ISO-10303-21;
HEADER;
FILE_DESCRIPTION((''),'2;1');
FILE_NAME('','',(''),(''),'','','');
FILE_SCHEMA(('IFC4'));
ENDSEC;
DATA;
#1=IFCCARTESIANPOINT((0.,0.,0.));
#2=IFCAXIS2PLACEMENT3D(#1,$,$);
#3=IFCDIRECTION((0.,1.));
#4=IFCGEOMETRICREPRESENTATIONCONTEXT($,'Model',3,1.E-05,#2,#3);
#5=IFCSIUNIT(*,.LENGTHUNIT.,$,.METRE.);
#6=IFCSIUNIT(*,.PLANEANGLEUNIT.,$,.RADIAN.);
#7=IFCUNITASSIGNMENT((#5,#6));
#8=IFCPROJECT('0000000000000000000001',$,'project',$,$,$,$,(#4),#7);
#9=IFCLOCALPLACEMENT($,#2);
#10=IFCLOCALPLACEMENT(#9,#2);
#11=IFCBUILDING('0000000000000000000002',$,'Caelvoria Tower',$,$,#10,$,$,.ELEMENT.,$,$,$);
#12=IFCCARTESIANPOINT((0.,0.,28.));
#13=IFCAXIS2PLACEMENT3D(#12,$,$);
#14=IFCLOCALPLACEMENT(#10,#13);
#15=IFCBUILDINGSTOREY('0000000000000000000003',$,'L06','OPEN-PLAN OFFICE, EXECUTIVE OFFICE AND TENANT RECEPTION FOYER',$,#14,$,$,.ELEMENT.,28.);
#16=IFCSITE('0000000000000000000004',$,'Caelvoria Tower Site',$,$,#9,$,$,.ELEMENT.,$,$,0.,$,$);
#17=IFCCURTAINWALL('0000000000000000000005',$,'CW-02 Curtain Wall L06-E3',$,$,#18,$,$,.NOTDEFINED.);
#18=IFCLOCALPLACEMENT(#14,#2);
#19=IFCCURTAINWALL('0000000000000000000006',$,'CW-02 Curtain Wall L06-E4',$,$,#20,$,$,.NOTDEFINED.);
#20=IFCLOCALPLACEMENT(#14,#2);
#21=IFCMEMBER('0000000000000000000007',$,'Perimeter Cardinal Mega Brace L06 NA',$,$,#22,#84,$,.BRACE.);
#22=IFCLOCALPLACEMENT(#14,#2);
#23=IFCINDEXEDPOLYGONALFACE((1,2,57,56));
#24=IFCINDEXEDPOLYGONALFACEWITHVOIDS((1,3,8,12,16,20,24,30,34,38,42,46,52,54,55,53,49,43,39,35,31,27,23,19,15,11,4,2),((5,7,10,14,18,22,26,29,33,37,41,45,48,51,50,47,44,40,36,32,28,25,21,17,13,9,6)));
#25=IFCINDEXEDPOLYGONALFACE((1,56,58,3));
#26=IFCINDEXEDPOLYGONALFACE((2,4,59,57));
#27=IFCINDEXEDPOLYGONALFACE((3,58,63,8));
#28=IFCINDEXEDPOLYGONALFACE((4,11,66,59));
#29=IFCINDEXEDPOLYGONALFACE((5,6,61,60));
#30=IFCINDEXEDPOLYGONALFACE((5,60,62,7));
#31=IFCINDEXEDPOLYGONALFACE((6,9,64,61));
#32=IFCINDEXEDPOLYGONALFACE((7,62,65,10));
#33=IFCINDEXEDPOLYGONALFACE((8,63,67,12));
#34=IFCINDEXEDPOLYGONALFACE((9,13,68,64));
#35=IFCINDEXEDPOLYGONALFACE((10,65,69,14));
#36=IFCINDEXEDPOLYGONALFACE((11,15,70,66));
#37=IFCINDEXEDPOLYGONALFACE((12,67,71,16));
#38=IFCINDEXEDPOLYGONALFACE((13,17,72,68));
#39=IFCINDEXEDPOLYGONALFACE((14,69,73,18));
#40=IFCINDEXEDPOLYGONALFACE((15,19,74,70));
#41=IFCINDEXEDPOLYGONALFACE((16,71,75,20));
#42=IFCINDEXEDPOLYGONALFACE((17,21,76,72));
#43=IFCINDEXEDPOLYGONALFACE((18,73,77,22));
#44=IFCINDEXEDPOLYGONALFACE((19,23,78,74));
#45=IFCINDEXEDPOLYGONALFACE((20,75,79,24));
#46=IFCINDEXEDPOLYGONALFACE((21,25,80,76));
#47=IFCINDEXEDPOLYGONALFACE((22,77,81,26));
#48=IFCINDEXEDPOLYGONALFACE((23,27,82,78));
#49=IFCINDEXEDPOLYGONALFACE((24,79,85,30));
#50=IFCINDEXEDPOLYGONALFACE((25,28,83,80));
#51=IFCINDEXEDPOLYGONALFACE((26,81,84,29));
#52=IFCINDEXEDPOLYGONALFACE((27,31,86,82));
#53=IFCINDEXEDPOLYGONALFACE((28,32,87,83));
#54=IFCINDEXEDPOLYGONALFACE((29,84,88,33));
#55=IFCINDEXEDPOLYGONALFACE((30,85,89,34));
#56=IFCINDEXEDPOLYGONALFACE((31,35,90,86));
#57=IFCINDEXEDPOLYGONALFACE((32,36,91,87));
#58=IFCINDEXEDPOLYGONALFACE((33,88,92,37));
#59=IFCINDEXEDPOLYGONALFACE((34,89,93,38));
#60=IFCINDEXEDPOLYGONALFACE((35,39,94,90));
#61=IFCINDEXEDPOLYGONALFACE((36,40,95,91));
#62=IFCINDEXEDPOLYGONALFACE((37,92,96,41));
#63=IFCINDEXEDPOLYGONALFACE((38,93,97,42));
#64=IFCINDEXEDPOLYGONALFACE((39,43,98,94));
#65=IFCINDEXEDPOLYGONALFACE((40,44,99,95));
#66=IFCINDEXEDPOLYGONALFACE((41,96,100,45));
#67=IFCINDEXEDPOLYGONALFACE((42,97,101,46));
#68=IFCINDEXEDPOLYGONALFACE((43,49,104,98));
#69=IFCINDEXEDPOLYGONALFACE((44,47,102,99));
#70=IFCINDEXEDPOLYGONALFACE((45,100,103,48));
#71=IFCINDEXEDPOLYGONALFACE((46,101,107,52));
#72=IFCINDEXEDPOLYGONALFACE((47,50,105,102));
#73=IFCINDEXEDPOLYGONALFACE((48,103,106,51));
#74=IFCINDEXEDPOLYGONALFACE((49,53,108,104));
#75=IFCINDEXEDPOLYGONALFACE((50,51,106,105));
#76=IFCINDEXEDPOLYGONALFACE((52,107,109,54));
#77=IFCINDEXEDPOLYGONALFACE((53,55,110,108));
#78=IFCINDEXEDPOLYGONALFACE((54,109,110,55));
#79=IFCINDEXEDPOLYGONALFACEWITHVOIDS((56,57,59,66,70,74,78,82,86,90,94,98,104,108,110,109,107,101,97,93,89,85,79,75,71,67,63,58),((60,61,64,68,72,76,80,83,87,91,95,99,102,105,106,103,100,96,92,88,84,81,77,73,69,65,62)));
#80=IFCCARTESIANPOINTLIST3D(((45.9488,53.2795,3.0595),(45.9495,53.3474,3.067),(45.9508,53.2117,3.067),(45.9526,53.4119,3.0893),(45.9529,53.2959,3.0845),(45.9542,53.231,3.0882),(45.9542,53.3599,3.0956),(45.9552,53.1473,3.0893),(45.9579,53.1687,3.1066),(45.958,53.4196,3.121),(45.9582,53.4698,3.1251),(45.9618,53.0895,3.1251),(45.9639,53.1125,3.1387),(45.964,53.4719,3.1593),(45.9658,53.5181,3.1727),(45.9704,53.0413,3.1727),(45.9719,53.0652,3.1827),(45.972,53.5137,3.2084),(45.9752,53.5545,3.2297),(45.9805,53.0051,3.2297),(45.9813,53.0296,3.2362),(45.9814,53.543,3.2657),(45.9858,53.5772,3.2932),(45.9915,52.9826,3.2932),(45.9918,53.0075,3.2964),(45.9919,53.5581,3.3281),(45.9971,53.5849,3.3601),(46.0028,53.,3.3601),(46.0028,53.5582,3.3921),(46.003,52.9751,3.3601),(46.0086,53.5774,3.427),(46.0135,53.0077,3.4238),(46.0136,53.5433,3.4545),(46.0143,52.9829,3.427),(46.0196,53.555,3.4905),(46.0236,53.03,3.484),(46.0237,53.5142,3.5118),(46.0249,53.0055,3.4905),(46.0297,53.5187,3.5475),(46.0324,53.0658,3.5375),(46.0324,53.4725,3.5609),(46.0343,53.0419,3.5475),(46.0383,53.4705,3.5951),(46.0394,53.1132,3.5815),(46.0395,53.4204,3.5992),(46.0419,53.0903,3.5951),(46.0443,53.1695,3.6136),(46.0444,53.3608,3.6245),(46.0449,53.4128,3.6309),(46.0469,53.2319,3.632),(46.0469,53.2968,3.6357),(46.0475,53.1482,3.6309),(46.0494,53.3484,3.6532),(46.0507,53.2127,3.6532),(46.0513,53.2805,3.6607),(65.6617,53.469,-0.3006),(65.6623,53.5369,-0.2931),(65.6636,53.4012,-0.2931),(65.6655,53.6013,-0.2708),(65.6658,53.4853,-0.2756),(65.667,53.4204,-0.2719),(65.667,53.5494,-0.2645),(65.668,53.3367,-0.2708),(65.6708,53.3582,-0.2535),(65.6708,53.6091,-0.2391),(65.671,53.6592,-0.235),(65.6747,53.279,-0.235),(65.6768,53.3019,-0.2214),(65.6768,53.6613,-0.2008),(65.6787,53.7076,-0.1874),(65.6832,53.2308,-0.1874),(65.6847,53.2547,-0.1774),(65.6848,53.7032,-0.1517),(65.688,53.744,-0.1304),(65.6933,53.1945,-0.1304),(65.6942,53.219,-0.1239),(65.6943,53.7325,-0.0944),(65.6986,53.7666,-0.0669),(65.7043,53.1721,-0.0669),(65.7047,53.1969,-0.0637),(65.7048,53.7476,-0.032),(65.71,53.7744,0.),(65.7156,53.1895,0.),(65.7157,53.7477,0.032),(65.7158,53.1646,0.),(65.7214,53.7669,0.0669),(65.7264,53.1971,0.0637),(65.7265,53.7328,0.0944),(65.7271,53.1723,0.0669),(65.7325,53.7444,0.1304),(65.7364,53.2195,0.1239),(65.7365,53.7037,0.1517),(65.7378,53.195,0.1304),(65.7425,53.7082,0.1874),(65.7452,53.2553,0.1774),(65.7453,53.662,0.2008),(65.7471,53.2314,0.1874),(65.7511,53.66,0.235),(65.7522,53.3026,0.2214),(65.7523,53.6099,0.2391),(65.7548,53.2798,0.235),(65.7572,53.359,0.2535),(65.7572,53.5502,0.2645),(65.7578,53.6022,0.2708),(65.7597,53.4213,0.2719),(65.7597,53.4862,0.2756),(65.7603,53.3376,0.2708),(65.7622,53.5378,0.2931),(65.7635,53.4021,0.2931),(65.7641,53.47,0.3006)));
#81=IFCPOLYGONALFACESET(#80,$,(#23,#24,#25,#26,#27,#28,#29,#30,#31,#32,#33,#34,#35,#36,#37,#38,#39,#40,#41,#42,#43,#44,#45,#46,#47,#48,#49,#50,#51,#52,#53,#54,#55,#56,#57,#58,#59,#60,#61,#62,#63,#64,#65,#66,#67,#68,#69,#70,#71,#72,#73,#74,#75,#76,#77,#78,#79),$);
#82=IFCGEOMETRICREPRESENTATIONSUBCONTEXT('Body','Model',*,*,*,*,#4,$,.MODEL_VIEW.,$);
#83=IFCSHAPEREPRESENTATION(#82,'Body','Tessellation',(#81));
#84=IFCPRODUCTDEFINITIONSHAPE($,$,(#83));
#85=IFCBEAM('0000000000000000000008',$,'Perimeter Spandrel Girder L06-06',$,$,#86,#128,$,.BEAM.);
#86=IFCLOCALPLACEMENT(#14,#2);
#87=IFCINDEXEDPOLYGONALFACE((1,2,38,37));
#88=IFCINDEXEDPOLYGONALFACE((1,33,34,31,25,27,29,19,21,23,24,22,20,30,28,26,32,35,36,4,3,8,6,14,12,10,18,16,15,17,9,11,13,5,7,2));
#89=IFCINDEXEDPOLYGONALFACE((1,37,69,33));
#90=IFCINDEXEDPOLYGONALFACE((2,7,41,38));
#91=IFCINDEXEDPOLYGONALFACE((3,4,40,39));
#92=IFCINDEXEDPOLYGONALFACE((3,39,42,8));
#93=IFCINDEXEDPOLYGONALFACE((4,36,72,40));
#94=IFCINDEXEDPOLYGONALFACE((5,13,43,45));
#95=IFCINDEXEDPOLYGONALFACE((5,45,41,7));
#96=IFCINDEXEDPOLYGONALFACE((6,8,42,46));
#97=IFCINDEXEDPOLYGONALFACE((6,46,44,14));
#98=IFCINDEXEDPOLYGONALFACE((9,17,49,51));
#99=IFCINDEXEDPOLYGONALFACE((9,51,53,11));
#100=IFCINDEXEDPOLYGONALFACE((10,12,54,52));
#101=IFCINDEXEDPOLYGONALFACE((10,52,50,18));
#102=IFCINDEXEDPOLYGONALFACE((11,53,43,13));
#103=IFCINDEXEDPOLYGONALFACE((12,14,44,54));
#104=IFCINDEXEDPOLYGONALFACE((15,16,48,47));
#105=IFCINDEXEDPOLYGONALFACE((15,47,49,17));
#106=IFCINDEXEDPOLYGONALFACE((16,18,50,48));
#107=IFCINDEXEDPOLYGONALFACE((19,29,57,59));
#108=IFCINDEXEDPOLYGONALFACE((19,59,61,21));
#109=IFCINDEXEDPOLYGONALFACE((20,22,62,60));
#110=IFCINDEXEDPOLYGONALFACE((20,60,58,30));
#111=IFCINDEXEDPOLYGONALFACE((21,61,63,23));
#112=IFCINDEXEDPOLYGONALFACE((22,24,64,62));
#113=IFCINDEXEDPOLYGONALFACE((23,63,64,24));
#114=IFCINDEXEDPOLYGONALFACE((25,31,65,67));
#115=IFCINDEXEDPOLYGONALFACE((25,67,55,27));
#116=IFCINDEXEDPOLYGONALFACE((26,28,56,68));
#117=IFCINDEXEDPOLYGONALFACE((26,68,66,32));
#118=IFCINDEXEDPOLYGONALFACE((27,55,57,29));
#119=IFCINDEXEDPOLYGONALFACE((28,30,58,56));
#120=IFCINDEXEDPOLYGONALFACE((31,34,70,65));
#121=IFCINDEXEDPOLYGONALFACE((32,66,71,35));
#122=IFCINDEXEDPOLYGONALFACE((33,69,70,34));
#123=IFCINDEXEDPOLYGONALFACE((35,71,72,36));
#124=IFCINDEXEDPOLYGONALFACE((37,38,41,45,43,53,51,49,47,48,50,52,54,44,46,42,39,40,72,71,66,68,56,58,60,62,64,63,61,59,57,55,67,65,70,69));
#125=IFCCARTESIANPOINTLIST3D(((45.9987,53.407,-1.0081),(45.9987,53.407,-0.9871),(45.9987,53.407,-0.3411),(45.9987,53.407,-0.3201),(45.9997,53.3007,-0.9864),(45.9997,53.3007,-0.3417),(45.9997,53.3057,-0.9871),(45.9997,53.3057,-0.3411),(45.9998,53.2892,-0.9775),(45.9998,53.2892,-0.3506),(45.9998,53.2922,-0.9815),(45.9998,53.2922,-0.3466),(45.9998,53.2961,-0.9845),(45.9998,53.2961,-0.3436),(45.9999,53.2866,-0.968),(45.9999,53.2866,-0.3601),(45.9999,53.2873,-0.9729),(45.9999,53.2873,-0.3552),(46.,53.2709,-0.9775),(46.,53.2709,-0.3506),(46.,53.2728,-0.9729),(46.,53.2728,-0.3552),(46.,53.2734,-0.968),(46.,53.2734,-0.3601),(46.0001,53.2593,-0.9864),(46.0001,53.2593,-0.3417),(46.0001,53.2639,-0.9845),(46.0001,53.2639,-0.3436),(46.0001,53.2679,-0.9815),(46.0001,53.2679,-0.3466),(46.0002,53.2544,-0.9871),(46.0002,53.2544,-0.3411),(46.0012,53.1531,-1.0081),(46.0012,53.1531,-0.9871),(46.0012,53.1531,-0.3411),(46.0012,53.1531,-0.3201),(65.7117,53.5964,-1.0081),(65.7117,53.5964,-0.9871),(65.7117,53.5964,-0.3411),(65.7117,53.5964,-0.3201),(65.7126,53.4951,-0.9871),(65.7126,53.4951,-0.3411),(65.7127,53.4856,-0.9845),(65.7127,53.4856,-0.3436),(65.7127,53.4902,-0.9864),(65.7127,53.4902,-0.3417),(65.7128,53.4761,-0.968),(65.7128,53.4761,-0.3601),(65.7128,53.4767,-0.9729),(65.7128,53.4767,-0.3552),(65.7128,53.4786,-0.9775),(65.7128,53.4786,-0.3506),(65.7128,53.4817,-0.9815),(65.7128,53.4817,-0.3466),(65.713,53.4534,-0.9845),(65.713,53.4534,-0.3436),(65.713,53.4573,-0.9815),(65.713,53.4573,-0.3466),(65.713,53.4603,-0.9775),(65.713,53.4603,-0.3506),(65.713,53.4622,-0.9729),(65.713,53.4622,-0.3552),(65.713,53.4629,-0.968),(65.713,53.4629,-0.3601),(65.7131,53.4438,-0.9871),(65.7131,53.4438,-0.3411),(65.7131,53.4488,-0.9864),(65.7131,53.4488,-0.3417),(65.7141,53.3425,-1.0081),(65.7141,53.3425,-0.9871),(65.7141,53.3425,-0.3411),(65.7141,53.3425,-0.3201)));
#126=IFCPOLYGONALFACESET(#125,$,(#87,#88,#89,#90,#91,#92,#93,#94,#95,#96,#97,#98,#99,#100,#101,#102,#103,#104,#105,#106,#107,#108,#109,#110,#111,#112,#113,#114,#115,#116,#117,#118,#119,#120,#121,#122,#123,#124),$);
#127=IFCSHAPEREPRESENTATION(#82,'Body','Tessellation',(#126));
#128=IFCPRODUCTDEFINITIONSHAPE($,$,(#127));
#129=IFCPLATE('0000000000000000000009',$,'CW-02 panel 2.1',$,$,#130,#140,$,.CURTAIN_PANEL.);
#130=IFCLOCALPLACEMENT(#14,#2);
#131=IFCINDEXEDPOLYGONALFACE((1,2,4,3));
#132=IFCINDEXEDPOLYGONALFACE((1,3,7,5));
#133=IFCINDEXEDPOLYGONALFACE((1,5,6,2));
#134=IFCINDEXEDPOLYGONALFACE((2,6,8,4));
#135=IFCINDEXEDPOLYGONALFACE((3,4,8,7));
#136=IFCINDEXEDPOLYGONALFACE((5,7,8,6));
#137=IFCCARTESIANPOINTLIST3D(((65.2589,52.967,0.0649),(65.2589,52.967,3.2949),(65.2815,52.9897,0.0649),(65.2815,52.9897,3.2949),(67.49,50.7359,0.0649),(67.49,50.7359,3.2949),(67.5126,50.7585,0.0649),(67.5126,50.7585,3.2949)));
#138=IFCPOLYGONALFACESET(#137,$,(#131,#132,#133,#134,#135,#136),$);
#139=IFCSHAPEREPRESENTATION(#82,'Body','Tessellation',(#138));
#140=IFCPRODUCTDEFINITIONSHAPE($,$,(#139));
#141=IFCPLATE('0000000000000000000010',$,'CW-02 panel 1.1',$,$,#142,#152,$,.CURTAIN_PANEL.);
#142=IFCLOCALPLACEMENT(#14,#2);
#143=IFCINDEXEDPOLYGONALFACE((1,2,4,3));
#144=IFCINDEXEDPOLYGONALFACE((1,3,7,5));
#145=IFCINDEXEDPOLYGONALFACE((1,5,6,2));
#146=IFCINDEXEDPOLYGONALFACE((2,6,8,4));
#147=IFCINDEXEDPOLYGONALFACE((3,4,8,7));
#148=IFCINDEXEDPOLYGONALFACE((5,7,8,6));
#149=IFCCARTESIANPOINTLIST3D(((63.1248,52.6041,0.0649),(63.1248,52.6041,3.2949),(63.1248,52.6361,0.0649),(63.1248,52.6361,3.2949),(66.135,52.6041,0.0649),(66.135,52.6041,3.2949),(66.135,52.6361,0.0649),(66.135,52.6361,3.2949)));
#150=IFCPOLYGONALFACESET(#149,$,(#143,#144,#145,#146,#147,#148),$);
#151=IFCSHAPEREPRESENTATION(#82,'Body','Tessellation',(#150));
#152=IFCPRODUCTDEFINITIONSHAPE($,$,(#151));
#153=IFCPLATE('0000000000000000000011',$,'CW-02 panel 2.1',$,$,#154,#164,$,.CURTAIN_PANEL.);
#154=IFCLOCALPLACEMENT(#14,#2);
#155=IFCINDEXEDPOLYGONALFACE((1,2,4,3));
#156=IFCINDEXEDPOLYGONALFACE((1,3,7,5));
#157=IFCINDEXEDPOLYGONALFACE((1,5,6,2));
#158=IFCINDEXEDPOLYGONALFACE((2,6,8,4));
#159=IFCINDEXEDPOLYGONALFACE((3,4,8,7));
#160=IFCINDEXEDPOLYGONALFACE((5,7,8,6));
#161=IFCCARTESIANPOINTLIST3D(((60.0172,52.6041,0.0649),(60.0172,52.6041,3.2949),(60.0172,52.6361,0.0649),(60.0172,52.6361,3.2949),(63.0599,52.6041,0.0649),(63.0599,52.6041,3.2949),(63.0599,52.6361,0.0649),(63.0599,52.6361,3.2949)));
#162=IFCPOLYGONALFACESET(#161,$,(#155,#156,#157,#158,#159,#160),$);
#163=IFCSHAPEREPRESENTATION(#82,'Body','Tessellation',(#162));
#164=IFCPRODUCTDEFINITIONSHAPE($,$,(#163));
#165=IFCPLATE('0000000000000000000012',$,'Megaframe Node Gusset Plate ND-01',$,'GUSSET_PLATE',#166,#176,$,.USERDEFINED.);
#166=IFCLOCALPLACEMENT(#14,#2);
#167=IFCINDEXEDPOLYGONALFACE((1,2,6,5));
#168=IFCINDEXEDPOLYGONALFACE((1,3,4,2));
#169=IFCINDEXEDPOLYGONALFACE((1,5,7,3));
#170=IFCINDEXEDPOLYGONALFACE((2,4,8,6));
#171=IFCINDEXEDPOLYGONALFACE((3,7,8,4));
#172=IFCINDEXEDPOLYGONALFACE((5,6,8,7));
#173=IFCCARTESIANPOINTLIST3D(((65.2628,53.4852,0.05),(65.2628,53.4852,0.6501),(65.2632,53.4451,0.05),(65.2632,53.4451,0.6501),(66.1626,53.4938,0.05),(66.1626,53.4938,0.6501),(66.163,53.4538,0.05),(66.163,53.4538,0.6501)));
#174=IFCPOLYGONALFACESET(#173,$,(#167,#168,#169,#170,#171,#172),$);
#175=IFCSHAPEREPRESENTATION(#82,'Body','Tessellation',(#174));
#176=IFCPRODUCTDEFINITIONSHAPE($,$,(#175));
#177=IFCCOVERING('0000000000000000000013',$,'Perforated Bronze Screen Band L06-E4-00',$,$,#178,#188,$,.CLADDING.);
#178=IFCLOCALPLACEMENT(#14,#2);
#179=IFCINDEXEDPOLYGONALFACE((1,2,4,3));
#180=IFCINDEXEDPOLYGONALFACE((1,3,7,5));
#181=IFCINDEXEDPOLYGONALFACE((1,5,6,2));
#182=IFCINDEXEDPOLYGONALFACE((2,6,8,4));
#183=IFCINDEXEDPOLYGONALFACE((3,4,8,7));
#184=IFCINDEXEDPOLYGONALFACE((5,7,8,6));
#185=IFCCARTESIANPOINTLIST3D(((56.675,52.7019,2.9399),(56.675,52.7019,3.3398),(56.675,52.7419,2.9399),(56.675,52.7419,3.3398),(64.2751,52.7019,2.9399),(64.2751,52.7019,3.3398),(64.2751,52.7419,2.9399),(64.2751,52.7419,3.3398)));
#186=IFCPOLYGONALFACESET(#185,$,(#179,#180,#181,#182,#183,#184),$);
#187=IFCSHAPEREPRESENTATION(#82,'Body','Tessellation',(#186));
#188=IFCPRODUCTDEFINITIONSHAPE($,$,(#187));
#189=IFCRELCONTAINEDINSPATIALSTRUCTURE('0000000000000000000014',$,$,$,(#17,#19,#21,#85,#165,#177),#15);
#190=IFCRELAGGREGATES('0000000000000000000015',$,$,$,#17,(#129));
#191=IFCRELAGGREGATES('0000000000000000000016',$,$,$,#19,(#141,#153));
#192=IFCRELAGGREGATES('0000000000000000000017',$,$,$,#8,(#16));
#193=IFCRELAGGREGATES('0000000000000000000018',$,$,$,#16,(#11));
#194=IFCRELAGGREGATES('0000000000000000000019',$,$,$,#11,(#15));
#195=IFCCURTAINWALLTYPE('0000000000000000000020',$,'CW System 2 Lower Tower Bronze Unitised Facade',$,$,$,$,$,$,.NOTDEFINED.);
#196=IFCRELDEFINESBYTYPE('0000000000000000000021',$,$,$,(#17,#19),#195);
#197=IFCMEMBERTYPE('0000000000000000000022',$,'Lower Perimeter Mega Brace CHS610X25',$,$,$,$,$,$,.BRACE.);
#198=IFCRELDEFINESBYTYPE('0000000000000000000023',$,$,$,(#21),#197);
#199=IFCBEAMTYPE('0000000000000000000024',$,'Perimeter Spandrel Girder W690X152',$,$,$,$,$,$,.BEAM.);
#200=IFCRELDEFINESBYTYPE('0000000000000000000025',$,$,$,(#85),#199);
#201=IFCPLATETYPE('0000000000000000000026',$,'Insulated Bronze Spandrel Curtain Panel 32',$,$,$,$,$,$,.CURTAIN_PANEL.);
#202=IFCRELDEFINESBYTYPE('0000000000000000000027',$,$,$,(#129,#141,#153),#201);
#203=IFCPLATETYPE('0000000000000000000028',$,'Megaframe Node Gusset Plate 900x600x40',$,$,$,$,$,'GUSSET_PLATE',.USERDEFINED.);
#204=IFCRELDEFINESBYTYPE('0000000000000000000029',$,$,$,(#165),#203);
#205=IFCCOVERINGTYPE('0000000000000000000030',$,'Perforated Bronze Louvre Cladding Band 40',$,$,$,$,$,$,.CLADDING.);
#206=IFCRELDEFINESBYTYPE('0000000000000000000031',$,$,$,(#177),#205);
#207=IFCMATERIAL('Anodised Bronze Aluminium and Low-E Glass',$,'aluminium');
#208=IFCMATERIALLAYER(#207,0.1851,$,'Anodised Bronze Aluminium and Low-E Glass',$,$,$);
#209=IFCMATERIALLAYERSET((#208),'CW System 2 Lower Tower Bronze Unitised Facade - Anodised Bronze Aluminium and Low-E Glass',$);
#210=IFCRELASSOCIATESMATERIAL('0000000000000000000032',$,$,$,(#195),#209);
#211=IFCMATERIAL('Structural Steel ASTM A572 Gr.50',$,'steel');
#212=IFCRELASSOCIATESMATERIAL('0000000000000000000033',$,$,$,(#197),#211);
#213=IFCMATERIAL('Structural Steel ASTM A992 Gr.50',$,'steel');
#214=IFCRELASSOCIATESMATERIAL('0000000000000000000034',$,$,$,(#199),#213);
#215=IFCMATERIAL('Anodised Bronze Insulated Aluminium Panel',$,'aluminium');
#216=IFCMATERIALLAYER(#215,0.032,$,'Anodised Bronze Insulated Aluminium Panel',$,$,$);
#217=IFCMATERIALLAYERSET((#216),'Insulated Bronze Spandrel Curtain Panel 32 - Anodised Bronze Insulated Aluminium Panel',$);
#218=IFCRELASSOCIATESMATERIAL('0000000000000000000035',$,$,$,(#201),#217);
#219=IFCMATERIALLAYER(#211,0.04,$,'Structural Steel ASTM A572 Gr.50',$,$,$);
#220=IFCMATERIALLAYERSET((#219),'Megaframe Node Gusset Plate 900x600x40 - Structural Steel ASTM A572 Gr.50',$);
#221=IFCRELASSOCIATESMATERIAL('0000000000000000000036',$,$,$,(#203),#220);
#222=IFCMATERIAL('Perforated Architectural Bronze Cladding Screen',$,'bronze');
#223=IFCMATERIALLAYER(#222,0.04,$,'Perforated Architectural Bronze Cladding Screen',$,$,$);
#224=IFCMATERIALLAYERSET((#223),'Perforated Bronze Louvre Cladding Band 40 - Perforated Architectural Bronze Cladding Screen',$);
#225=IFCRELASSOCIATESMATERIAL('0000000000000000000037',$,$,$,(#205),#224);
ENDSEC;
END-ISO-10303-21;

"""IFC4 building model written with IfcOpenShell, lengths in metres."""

from ifc_helpers import new_model, si_unit, direction, frame, origin, origin_2d, place, context, subcontext, project, spatial, rectangle, hollow_circle, i_section, extrude, material, layer, layer_set, material_profile, profile_set, type_object, element, aggregate, save


model = new_model("IFC4")

# Units and contexts
model_context = context("Model", 3, precision=1e-05, world=origin(), true_north=direction((0.0, 1.0)))
body_context = subcontext(model_context, "Body", "Model", "MODEL_VIEW")
ifc_project = project(units=[si_unit("LENGTHUNIT", "METRE"), si_unit("PLANEANGLEUNIT", "RADIAN")], contexts=[model_context])

# Site, building, storey
site_placement = place(None, origin())
site = spatial("IfcSite", under=ifc_project, at=site_placement, Name="Caelvoria Tower Site", CompositionType="ELEMENT", RefElevation=0.0)
building_placement = place(site_placement, origin())
building = spatial("IfcBuilding", under=site, at=building_placement, Name="Caelvoria Tower", CompositionType="ELEMENT")
storey_placement = place(building_placement, frame((0.0, 0.0, 28.0)))
storey = spatial("IfcBuildingStorey", under=building, at=storey_placement, Name="L06", Description="OPEN-PLAN OFFICE, EXECUTIVE OFFICE AND TENANT RECEPTION FOYER", CompositionType="ELEMENT", Elevation=28.0)

# Shared definitions
ifc_material_1 = material(Name="Structural Steel ASTM A572 Gr.50", Category="steel")

# Curtain wall
ifc_material_2 = material(Name="Anodised Bronze Aluminium and Low-E Glass", Category="aluminium")
ifc_layer_1 = layer(ifc_material_2, 0.1851, Name="Anodised Bronze Aluminium and Low-E Glass")
ifc_layer_set_1 = layer_set([ifc_layer_1], Name="CW System 2 Lower Tower Bronze Unitised Facade - Anodised Bronze Aluminium and Low-E Glass")
curtain_wall_type = type_object("IfcCurtainWallType", Name="CW System 2 Lower Tower Bronze Unitised Facade", PredefinedType="NOTDEFINED", material=ifc_layer_set_1)
curtain_wall_1_placement = place(storey_placement, origin())
curtain_wall_1 = element("IfcCurtainWall", 1, at=curtain_wall_1_placement, inside=storey, type_object=curtain_wall_type, Name="CW-02 Curtain Wall L06-E3", PredefinedType="NOTDEFINED")

# Curtain wall
curtain_wall_2_placement = place(storey_placement, origin())
curtain_wall_2 = element("IfcCurtainWall", 2, at=curtain_wall_2_placement, inside=storey, type_object=curtain_wall_type, Name="CW-02 Curtain Wall L06-E4", PredefinedType="NOTDEFINED")

# Member
ifc_material_profile_1 = material_profile(ifc_material_1, hollow_circle(Radius=0.3049, WallThickness=0.0249, at=origin_2d()), Name="Structural Steel ASTM A572 Gr.50")
ifc_profile_set_1 = profile_set([ifc_material_profile_1], Name="CHS610X25 - Structural Steel ASTM A572 Gr.50")
member_type_1 = type_object("IfcMemberType", Name="Lower Perimeter Mega Brace CHS610X25", PredefinedType="BRACE", material=ifc_profile_set_1)
member_1_placement = place(storey_placement, frame((65.7129, 53.4695, 0.0), z_axis=(-0.985738, -0.009474, 0.168021), x_axis=(0.00961, -0.999954, 0.0)))
element("IfcMember", 3, at=member_1_placement, inside=storey, type_object=member_type_1, Name="Perimeter Cardinal Mega Brace L06 NA", PredefinedType="BRACE", context=body_context, shape_type="SweptSolid", body=[
    extrude(hollow_circle(Radius=0.3049, WallThickness=0.0249, at=origin_2d()), origin(), (0.0, 0.0, 1.0), 19.998),
])

# Beam
ifc_material_3 = material(Name="Structural Steel ASTM A992 Gr.50", Category="steel")
ifc_material_profile_2 = material_profile(ifc_material_3, i_section(OverallWidth=0.2539, OverallDepth=0.688, WebThickness=0.0132, FlangeThickness=0.021, FilletRadius=0.019, at=origin_2d()), Name="Structural Steel ASTM A992 Gr.50")
ifc_profile_set_2 = profile_set([ifc_material_profile_2], Name="W690X152 - Structural Steel ASTM A992 Gr.50")
beam_type = type_object("IfcBeamType", Name="Perimeter Spandrel Girder W690X152", PredefinedType="BEAM", material=ifc_profile_set_2)
beam_placement = place(storey_placement, frame((65.7129, 53.4695, -0.6641), z_axis=(-0.999954, -0.00961, 0.0), x_axis=(0.00961, -0.999954, 0.0)))
element("IfcBeam", 4, at=beam_placement, inside=storey, type_object=beam_type, Name="Perimeter Spandrel Girder L06-06", PredefinedType="BEAM", context=body_context, shape_type="SweptSolid", body=[
    extrude(i_section(OverallWidth=0.2539, OverallDepth=0.688, WebThickness=0.0132, FlangeThickness=0.021, FilletRadius=0.019, at=origin_2d()), origin(), (0.0, 0.0, 1.0), 19.7139),
])

# Plates
ifc_material_4 = material(Name="Anodised Bronze Insulated Aluminium Panel", Category="aluminium")
ifc_layer_2 = layer(ifc_material_4, 0.032, Name="Anodised Bronze Insulated Aluminium Panel")
ifc_layer_set_2 = layer_set([ifc_layer_2], Name="Insulated Bronze Spandrel Curtain Panel 32 - Anodised Bronze Insulated Aluminium Panel")
plate_type_1 = type_object("IfcPlateType", Name="Insulated Bronze Spandrel Curtain Panel 32", PredefinedType="CURTAIN_PANEL", material=ifc_layer_set_2)
plate_1_placement = place(storey_placement, frame((66.3857, 51.8628, 0.0649), z_axis=(0.0, 0.0, 1.0), x_axis=(-0.707107, 0.707107, 0.0)))
plate_1 = element("IfcPlate", 5, at=plate_1_placement, type_object=plate_type_1, Name="CW-02 panel 2.1", PredefinedType="CURTAIN_PANEL", context=body_context, shape_type="SweptSolid", body=[
    extrude(rectangle(XDim=3.1553, YDim=0.032, at=origin_2d()), origin(), (0.0, 0.0, 1.0), 3.23),
])
aggregate(curtain_wall_1, [plate_1])
plate_2_placement = place(storey_placement, frame((64.6299, 52.6201, 0.0649), z_axis=(0.0, 0.0, 1.0), x_axis=(-1.0, 0.0, 0.0)))
plate_2 = element("IfcPlate", 6, at=plate_2_placement, type_object=plate_type_1, Name="CW-02 panel 1.1", PredefinedType="CURTAIN_PANEL", context=body_context, shape_type="SweptSolid", body=[
    extrude(rectangle(XDim=3.0103, YDim=0.032, at=origin_2d()), origin(), (0.0, 0.0, 1.0), 3.23),
])
plate_3_placement = place(storey_placement, frame((61.5386, 52.6201, 0.0649), z_axis=(0.0, 0.0, 1.0), x_axis=(-1.0, 0.0, 0.0)))
plate_3 = element("IfcPlate", 7, at=plate_3_placement, type_object=plate_type_1, Name="CW-02 panel 2.1", PredefinedType="CURTAIN_PANEL", context=body_context, shape_type="SweptSolid", body=[
    extrude(rectangle(XDim=3.0427, YDim=0.032, at=origin_2d()), origin(), (0.0, 0.0, 1.0), 3.23),
])
aggregate(curtain_wall_2, [plate_2, plate_3])
ifc_layer_3 = layer(ifc_material_1, 0.04, Name="Structural Steel ASTM A572 Gr.50")
ifc_layer_set_3 = layer_set([ifc_layer_3], Name="Megaframe Node Gusset Plate 900x600x40 - Structural Steel ASTM A572 Gr.50")
plate_type_2 = type_object("IfcPlateType", Name="Megaframe Node Gusset Plate 900x600x40", ElementType="GUSSET_PLATE", PredefinedType="USERDEFINED", material=ifc_layer_set_3)
plate_4_placement = place(storey_placement, frame((65.7129, 53.4695, 0.05), z_axis=(0.0, 0.0, 1.0), x_axis=(-0.999954, -0.009618, 0.0)))
element("IfcPlate", 8, at=plate_4_placement, inside=storey, type_object=plate_type_2, Name="Megaframe Node Gusset Plate ND-01", ObjectType="GUSSET_PLATE", PredefinedType="USERDEFINED", context=body_context, shape_type="SweptSolid", body=[
    extrude(rectangle(XDim=0.8999, YDim=0.04, at=origin_2d()), origin(), (0.0, 0.0, 1.0), 0.6001),
])

# Covering
ifc_material_5 = material(Name="Perforated Architectural Bronze Cladding Screen", Category="bronze")
ifc_layer_4 = layer(ifc_material_5, 0.04, Name="Perforated Architectural Bronze Cladding Screen")
ifc_layer_set_4 = layer_set([ifc_layer_4], Name="Perforated Bronze Louvre Cladding Band 40 - Perforated Architectural Bronze Cladding Screen")
covering_type = type_object("IfcCoveringType", Name="Perforated Bronze Louvre Cladding Band 40", PredefinedType="CLADDING", material=ifc_layer_set_4)
covering_placement = place(storey_placement, frame((60.4751, 52.7219, 2.9399), z_axis=(0.0, 0.0, 1.0), x_axis=(-1.0, 0.0, 0.0)))
element("IfcCovering", 9, at=covering_placement, inside=storey, type_object=covering_type, Name="Perforated Bronze Screen Band L06-E4-00", PredefinedType="CLADDING", context=body_context, shape_type="SweptSolid", body=[
    extrude(rectangle(XDim=7.6001, YDim=0.04, at=origin_2d()), origin(), (0.0, 0.0, 1.0), 0.3999),
])

save(model, "model.ifc")
